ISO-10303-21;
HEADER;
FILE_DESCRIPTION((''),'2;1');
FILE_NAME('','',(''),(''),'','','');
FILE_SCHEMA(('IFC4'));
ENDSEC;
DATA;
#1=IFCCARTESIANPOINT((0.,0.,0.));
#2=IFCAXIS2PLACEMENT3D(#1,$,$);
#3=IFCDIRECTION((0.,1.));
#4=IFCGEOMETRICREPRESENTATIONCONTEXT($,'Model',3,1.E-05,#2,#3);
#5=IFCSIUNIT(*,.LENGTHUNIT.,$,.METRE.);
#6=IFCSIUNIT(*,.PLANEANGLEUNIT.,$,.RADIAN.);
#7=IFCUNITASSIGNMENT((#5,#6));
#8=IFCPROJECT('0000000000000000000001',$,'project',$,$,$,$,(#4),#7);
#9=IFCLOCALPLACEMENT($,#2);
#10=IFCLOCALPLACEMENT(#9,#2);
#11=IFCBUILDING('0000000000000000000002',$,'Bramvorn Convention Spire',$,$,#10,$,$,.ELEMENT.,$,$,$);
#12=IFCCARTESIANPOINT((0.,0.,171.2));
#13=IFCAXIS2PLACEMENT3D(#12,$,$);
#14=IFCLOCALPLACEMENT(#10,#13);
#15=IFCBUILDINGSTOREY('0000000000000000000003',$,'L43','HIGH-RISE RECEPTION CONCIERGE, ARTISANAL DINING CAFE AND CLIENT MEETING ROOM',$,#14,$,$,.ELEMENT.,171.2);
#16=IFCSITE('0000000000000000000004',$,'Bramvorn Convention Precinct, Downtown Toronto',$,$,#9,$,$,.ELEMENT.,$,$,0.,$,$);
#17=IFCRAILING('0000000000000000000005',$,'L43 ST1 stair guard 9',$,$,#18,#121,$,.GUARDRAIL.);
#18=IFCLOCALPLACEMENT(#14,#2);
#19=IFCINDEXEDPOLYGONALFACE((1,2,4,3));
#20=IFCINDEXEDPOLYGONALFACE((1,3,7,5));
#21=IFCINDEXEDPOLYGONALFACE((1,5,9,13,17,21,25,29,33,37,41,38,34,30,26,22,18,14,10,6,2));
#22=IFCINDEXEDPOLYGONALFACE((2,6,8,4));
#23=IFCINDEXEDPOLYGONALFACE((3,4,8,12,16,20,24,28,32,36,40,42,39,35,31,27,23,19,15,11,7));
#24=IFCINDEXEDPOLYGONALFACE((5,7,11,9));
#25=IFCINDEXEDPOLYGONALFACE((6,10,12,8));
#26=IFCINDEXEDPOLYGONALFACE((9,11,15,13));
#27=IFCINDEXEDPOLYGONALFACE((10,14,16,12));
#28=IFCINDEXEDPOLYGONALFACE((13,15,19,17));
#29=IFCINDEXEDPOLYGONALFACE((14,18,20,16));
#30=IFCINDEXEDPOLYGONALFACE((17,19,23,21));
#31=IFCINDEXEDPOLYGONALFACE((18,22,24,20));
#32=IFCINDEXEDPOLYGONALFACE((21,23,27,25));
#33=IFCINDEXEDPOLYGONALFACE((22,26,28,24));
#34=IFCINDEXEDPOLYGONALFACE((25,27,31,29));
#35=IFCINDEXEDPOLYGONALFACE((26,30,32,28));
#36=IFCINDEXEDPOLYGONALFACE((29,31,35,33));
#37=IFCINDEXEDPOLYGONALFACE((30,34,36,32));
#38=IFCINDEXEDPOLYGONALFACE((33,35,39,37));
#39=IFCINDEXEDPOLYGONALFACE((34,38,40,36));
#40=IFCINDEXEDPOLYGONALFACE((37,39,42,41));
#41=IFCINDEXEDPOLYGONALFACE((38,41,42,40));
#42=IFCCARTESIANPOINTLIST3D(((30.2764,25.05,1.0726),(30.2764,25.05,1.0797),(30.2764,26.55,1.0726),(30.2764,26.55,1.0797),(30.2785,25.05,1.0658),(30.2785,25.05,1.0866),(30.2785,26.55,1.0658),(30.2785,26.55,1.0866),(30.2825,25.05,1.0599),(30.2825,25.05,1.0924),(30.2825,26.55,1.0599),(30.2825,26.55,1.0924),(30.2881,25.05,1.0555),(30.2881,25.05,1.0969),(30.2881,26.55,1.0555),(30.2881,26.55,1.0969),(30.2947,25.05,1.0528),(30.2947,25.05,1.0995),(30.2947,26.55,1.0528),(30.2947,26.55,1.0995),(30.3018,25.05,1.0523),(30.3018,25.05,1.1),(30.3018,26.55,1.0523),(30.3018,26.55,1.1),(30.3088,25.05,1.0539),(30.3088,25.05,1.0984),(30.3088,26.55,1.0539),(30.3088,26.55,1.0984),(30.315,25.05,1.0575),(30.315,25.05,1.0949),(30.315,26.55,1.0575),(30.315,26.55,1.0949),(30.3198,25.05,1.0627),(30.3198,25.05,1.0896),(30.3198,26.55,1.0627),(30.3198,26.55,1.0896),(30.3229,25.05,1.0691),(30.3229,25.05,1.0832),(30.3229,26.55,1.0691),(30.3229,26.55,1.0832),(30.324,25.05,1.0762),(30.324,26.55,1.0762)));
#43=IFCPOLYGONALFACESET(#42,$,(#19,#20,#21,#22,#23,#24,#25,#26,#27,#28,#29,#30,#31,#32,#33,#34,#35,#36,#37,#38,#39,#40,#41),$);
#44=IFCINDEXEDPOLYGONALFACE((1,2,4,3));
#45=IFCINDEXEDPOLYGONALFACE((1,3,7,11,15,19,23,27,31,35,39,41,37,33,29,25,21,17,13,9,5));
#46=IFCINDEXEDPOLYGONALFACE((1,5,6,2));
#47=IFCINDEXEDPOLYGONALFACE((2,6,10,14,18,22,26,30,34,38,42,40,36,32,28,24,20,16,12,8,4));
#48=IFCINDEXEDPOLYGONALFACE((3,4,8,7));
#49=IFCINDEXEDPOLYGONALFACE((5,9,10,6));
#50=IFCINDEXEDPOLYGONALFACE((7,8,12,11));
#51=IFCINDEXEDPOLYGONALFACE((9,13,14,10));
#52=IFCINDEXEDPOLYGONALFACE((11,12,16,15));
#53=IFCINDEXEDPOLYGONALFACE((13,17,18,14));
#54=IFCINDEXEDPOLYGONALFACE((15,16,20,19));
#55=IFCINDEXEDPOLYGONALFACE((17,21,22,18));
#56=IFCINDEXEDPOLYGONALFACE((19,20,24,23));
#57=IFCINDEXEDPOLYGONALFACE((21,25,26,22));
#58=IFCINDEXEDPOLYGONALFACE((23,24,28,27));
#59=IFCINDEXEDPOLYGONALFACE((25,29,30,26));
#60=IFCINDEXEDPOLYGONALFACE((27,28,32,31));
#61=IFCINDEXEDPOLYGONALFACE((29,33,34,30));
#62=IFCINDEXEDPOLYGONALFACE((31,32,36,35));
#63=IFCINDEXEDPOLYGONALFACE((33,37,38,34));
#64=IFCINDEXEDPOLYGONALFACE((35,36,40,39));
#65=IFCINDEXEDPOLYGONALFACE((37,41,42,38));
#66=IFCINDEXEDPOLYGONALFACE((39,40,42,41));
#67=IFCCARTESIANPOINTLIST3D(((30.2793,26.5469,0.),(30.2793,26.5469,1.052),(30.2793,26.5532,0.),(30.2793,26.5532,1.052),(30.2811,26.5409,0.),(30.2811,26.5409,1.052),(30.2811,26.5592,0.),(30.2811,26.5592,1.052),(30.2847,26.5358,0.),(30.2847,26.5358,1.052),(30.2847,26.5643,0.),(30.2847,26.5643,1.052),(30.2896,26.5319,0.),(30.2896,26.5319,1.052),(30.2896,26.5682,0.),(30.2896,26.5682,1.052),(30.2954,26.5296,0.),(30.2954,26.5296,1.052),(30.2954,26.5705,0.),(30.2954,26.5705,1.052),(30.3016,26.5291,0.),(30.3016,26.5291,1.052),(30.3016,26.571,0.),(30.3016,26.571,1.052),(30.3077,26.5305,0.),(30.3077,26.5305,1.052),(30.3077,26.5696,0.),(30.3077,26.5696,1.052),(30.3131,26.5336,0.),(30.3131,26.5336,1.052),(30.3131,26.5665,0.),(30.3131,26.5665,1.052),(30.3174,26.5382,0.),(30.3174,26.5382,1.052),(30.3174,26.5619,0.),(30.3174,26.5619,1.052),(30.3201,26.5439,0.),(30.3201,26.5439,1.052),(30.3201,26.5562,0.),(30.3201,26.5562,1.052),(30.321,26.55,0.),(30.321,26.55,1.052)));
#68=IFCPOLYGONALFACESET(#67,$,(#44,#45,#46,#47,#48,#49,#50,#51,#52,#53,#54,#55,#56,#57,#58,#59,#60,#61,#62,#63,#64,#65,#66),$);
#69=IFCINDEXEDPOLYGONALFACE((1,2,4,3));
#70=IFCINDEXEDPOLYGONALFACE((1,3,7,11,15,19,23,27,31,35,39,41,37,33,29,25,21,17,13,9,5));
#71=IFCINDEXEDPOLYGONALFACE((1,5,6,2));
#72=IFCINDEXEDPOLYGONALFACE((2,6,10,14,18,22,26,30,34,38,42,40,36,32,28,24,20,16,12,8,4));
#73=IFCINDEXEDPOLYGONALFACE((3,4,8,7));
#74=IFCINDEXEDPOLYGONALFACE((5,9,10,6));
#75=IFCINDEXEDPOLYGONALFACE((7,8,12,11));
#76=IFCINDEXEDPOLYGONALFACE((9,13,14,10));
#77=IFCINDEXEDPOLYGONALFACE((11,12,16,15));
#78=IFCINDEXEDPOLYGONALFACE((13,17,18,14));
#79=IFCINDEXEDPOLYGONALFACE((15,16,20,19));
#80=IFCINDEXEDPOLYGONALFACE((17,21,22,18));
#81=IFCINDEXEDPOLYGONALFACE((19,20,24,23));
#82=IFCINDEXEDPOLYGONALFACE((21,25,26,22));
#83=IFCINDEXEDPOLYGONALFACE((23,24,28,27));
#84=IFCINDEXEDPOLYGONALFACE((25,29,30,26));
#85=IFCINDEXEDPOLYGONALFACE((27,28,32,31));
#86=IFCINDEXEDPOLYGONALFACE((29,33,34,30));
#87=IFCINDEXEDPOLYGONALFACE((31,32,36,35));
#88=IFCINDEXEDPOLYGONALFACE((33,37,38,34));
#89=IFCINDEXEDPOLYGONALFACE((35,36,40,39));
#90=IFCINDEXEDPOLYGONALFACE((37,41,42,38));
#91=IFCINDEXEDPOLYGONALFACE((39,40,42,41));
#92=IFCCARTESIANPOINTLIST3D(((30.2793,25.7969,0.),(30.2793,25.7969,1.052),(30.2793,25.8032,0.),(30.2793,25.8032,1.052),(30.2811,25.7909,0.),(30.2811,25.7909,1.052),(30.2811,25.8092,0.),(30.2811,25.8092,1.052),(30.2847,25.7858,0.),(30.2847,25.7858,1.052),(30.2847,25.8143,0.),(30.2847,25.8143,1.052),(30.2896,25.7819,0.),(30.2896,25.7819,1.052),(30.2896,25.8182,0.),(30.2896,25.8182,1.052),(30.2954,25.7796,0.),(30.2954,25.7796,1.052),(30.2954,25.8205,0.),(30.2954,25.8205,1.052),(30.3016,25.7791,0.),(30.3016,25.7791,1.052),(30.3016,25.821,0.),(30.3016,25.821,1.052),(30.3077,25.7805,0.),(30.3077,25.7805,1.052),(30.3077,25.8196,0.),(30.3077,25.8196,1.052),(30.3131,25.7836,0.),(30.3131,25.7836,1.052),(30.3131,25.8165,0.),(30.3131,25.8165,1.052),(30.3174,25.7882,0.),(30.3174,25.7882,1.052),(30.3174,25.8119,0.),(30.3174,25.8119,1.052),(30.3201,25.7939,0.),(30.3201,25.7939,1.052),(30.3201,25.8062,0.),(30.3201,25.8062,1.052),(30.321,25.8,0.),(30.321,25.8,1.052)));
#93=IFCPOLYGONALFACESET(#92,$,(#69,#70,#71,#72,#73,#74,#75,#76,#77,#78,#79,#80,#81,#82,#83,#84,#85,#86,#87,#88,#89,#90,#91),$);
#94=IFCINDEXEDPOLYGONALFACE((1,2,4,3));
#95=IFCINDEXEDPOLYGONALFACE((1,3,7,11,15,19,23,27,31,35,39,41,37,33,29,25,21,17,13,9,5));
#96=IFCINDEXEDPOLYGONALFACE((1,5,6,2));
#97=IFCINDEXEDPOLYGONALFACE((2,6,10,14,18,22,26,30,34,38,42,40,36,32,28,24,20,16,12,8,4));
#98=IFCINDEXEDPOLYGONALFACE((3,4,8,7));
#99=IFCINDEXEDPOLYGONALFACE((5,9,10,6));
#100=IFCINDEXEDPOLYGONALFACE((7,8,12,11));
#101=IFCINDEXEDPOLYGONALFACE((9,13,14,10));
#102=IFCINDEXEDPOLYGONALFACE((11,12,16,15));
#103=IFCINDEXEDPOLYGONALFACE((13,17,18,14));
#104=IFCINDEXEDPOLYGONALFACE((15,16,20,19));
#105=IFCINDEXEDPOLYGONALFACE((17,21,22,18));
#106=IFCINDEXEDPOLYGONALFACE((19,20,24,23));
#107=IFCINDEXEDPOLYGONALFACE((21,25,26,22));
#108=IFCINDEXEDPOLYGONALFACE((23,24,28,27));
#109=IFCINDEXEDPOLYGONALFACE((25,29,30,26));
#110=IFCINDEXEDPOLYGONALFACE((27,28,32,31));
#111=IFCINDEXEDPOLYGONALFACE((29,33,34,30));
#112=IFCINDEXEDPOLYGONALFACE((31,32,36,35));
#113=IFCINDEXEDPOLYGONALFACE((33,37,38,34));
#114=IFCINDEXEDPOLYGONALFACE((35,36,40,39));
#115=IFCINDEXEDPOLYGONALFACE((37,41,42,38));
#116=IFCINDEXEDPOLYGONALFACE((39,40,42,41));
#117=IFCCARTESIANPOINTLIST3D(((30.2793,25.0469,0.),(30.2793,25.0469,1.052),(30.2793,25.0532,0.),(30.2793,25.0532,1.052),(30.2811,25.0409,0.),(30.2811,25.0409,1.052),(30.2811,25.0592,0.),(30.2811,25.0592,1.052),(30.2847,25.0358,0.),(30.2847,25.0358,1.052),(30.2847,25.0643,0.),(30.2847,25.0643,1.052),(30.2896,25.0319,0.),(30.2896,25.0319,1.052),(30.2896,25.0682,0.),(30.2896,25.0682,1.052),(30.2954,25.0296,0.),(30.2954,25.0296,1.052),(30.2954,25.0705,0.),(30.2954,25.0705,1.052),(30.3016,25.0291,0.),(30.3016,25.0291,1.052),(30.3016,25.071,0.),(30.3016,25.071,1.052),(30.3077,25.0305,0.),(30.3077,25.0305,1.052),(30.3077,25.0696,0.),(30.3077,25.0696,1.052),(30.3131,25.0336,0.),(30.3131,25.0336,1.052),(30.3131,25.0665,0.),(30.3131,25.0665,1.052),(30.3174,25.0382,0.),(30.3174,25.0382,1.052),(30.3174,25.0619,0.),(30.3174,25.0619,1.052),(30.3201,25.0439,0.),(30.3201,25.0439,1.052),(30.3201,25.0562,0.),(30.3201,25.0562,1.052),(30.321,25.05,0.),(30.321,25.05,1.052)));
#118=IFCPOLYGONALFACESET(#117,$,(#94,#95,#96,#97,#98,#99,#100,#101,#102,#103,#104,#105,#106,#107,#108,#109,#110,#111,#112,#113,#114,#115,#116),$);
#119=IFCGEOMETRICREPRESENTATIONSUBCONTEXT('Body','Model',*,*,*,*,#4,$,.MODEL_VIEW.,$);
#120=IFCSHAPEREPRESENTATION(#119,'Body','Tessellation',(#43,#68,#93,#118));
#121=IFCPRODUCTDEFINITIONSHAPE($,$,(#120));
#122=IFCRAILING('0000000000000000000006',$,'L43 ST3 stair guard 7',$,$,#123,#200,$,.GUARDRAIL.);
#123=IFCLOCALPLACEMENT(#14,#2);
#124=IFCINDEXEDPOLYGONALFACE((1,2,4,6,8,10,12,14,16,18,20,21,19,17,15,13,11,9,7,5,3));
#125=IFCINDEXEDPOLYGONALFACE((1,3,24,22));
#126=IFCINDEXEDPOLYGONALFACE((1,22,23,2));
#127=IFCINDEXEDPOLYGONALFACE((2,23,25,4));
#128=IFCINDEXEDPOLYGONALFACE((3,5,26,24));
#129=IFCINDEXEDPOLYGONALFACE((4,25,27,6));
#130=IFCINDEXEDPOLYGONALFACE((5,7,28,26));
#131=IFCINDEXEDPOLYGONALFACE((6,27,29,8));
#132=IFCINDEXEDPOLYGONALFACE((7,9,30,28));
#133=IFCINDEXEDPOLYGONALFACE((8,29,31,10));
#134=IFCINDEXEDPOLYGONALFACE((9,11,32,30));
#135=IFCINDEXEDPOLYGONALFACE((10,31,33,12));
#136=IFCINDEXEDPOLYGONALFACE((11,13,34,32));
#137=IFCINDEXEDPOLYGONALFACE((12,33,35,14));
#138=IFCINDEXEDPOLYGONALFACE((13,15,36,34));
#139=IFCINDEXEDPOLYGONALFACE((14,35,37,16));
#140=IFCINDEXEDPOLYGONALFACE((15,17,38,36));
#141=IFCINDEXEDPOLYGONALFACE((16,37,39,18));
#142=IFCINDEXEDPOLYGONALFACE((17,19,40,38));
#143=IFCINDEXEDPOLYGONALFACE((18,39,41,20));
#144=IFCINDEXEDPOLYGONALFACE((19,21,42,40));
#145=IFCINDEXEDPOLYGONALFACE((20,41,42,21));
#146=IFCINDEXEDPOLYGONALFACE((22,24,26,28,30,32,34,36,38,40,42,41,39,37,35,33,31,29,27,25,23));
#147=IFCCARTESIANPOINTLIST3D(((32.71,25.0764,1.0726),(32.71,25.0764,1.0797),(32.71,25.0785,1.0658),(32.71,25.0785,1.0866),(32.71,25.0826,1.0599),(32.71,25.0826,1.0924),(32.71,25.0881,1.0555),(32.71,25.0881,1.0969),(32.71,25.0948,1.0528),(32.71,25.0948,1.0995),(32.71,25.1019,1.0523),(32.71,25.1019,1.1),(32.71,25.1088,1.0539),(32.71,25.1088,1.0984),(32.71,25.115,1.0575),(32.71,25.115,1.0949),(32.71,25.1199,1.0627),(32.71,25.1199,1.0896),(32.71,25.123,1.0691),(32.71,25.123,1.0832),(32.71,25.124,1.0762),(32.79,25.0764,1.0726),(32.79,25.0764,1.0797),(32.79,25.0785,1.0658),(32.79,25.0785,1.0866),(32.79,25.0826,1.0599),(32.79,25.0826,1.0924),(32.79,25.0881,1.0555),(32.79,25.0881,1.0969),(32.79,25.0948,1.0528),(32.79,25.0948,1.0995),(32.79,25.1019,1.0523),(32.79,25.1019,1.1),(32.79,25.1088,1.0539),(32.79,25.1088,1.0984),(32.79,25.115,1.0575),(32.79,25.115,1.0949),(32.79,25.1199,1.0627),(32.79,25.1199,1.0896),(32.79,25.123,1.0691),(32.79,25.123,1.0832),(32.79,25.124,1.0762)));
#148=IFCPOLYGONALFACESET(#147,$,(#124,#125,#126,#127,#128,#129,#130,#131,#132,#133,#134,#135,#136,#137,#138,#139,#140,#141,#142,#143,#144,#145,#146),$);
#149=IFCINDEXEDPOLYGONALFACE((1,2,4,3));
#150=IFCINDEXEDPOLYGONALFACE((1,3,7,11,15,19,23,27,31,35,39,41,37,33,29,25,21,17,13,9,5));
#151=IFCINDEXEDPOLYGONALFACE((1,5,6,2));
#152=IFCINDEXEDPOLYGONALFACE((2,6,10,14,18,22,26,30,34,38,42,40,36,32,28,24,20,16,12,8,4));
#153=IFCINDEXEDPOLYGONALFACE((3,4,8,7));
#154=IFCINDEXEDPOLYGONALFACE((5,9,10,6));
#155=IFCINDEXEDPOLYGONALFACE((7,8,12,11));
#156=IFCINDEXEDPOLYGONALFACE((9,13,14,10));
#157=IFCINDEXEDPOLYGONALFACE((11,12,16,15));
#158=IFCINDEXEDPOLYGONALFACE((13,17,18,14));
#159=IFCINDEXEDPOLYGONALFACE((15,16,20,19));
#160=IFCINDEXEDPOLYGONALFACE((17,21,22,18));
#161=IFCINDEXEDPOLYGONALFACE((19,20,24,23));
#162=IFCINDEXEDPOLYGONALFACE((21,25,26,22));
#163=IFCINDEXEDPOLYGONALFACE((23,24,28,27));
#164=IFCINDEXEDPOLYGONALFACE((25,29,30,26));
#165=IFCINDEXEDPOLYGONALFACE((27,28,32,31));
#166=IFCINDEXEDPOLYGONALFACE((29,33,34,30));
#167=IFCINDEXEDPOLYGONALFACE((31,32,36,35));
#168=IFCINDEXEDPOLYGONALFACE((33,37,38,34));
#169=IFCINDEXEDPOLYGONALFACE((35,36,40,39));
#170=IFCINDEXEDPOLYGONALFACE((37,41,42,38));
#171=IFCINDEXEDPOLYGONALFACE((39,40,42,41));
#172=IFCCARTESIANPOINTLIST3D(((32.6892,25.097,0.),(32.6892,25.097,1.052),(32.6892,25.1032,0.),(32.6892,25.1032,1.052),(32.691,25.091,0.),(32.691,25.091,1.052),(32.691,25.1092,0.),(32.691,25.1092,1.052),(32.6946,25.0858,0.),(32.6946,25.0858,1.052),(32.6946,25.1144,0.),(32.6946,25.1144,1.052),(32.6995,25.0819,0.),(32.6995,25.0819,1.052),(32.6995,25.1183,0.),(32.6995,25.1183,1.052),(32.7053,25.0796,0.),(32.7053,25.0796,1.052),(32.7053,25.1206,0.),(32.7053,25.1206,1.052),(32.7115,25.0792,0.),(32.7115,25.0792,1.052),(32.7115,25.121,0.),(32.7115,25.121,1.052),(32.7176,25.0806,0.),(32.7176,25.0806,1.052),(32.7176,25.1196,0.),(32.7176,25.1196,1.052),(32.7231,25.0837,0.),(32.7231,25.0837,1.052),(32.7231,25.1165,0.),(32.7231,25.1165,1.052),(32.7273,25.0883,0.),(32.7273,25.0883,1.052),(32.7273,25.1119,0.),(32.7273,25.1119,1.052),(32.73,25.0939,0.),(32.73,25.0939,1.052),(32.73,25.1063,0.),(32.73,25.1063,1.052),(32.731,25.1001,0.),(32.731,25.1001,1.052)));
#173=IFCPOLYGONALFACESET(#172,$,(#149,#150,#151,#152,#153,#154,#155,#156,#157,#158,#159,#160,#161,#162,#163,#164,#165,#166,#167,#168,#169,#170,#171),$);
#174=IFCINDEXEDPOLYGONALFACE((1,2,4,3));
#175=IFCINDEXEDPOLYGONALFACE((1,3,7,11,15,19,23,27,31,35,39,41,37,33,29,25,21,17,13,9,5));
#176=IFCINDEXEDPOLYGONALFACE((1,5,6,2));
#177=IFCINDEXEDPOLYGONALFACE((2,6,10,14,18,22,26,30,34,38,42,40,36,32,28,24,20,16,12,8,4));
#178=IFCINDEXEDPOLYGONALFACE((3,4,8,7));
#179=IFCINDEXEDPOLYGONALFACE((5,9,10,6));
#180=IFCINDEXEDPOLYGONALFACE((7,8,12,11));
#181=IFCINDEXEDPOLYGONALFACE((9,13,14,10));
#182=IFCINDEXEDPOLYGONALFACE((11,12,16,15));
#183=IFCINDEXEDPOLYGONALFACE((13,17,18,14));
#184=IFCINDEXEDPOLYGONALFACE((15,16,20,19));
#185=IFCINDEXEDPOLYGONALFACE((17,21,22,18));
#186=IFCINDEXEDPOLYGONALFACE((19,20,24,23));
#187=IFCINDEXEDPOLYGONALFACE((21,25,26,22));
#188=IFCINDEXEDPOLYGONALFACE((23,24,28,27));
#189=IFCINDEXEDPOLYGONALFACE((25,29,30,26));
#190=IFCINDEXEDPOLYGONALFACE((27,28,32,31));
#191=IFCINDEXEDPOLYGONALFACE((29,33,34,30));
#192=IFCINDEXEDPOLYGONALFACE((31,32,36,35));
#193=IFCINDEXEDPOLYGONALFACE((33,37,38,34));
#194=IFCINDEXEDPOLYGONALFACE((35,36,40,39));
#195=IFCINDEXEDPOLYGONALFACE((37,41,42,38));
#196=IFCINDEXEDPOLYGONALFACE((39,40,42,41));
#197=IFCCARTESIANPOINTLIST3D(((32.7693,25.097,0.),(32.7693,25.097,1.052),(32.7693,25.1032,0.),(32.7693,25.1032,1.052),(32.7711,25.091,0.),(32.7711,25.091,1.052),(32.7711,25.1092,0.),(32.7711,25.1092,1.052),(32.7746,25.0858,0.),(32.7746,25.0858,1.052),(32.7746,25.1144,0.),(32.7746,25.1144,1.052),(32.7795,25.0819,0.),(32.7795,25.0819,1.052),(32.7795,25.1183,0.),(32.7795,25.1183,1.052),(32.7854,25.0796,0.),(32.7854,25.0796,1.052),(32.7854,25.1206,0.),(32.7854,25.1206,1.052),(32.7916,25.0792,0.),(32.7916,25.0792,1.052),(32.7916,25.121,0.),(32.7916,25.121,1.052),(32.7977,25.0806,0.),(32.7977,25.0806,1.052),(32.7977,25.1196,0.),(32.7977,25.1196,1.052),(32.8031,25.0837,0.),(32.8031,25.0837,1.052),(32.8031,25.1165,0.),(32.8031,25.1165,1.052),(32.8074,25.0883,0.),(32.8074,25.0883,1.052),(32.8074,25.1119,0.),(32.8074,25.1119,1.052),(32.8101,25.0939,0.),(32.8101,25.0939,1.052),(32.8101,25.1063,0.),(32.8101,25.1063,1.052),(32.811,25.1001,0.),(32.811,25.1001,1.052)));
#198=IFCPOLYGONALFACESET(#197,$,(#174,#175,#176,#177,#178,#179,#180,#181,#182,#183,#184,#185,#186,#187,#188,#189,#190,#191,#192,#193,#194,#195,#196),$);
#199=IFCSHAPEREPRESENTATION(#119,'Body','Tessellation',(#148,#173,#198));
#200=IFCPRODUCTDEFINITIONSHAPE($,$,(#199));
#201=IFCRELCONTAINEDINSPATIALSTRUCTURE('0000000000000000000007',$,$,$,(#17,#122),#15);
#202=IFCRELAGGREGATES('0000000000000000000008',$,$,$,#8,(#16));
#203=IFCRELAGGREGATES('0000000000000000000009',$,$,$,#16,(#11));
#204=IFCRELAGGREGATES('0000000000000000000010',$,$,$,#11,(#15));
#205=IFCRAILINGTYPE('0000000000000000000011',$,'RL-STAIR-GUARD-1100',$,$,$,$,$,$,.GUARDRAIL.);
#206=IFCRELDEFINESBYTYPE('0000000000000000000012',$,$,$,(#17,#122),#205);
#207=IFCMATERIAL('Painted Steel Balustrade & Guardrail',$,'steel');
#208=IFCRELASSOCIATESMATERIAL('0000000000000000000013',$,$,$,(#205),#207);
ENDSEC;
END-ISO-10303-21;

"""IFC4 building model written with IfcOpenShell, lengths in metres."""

from ifc_helpers import new_model, si_unit, direction, frame, origin, origin_2d, place, context, subcontext, project, spatial, circle, extrude, material, type_object, element, save


model = new_model("IFC4")

# Units and contexts
model_context = context("Model", 3, precision=1e-05, world=origin(), true_north=direction((0.0, 1.0)))
body_context = subcontext(model_context, "Body", "Model", "MODEL_VIEW")
ifc_project = project(units=[si_unit("LENGTHUNIT", "METRE"), si_unit("PLANEANGLEUNIT", "RADIAN")], contexts=[model_context])

# Site, building, storey
site_placement = place(None, origin())
site = spatial("IfcSite", under=ifc_project, at=site_placement, Name="Bramvorn Convention Precinct, Downtown Toronto", CompositionType="ELEMENT", RefElevation=0.0)
building_placement = place(site_placement, origin())
building = spatial("IfcBuilding", under=site, at=building_placement, Name="Bramvorn Convention Spire", CompositionType="ELEMENT")
storey_placement = place(building_placement, frame((0.0, 0.0, 171.2)))
storey = spatial("IfcBuildingStorey", under=building, at=storey_placement, Name="L43", Description="HIGH-RISE RECEPTION CONCIERGE, ARTISANAL DINING CAFE AND CLIENT MEETING ROOM", CompositionType="ELEMENT", Elevation=171.2)

# Railings
ifc_material_1 = material(Name="Painted Steel Balustrade & Guardrail", Category="steel")
railing_type = type_object("IfcRailingType", Name="RL-STAIR-GUARD-1100", PredefinedType="GUARDRAIL", material=ifc_material_1)
for number, where, name in (
    (1, (30.3, 26.55, 0.0), "L43 ST1 stair guard 9"),
):
    element("IfcRailing", number, at=place(storey_placement, frame(where)), inside=storey, type_object=railing_type, Name=name, PredefinedType="GUARDRAIL", context=body_context, shape_type="SweptSolid", body=[
        extrude(circle(Radius=0.0239, at=origin_2d()), frame((0.0, 0.0, 1.0762), z_axis=(0.0, -1.0, 0.0), x_axis=(1.0, 0.0, 0.0)), (0.0, 0.0, 1.0), 1.5),
        extrude(circle(Radius=0.021, at=origin_2d()), origin(), (0.0, 0.0, 1.0), 1.052),
        extrude(circle(Radius=0.021, at=origin_2d()), frame((0.0, -0.75, 0.0)), (0.0, 0.0, 1.0), 1.052),
        extrude(circle(Radius=0.021, at=origin_2d()), frame((0.0, -1.5, 0.0)), (0.0, 0.0, 1.0), 1.052),
    ])
railing_1_placement = place(storey_placement, frame((32.71, 25.1001, 0.0)))
element("IfcRailing", 2, at=railing_1_placement, inside=storey, type_object=railing_type, Name="L43 ST3 stair guard 7", PredefinedType="GUARDRAIL", context=body_context, shape_type="SweptSolid", body=[
    extrude(circle(Radius=0.0239, at=origin_2d()), frame((0.0, 0.0, 1.0762), z_axis=(1.0, 0.0, 0.0), x_axis=(0.0, 1.0, 0.0)), (0.0, 0.0, 1.0), 0.0801),
    extrude(circle(Radius=0.021, at=origin_2d()), origin(), (0.0, 0.0, 1.0), 1.052),
    extrude(circle(Radius=0.021, at=origin_2d()), frame((0.0801, 0.0, 0.0)), (0.0, 0.0, 1.0), 1.052),
])

save(model, "model.ifc")
